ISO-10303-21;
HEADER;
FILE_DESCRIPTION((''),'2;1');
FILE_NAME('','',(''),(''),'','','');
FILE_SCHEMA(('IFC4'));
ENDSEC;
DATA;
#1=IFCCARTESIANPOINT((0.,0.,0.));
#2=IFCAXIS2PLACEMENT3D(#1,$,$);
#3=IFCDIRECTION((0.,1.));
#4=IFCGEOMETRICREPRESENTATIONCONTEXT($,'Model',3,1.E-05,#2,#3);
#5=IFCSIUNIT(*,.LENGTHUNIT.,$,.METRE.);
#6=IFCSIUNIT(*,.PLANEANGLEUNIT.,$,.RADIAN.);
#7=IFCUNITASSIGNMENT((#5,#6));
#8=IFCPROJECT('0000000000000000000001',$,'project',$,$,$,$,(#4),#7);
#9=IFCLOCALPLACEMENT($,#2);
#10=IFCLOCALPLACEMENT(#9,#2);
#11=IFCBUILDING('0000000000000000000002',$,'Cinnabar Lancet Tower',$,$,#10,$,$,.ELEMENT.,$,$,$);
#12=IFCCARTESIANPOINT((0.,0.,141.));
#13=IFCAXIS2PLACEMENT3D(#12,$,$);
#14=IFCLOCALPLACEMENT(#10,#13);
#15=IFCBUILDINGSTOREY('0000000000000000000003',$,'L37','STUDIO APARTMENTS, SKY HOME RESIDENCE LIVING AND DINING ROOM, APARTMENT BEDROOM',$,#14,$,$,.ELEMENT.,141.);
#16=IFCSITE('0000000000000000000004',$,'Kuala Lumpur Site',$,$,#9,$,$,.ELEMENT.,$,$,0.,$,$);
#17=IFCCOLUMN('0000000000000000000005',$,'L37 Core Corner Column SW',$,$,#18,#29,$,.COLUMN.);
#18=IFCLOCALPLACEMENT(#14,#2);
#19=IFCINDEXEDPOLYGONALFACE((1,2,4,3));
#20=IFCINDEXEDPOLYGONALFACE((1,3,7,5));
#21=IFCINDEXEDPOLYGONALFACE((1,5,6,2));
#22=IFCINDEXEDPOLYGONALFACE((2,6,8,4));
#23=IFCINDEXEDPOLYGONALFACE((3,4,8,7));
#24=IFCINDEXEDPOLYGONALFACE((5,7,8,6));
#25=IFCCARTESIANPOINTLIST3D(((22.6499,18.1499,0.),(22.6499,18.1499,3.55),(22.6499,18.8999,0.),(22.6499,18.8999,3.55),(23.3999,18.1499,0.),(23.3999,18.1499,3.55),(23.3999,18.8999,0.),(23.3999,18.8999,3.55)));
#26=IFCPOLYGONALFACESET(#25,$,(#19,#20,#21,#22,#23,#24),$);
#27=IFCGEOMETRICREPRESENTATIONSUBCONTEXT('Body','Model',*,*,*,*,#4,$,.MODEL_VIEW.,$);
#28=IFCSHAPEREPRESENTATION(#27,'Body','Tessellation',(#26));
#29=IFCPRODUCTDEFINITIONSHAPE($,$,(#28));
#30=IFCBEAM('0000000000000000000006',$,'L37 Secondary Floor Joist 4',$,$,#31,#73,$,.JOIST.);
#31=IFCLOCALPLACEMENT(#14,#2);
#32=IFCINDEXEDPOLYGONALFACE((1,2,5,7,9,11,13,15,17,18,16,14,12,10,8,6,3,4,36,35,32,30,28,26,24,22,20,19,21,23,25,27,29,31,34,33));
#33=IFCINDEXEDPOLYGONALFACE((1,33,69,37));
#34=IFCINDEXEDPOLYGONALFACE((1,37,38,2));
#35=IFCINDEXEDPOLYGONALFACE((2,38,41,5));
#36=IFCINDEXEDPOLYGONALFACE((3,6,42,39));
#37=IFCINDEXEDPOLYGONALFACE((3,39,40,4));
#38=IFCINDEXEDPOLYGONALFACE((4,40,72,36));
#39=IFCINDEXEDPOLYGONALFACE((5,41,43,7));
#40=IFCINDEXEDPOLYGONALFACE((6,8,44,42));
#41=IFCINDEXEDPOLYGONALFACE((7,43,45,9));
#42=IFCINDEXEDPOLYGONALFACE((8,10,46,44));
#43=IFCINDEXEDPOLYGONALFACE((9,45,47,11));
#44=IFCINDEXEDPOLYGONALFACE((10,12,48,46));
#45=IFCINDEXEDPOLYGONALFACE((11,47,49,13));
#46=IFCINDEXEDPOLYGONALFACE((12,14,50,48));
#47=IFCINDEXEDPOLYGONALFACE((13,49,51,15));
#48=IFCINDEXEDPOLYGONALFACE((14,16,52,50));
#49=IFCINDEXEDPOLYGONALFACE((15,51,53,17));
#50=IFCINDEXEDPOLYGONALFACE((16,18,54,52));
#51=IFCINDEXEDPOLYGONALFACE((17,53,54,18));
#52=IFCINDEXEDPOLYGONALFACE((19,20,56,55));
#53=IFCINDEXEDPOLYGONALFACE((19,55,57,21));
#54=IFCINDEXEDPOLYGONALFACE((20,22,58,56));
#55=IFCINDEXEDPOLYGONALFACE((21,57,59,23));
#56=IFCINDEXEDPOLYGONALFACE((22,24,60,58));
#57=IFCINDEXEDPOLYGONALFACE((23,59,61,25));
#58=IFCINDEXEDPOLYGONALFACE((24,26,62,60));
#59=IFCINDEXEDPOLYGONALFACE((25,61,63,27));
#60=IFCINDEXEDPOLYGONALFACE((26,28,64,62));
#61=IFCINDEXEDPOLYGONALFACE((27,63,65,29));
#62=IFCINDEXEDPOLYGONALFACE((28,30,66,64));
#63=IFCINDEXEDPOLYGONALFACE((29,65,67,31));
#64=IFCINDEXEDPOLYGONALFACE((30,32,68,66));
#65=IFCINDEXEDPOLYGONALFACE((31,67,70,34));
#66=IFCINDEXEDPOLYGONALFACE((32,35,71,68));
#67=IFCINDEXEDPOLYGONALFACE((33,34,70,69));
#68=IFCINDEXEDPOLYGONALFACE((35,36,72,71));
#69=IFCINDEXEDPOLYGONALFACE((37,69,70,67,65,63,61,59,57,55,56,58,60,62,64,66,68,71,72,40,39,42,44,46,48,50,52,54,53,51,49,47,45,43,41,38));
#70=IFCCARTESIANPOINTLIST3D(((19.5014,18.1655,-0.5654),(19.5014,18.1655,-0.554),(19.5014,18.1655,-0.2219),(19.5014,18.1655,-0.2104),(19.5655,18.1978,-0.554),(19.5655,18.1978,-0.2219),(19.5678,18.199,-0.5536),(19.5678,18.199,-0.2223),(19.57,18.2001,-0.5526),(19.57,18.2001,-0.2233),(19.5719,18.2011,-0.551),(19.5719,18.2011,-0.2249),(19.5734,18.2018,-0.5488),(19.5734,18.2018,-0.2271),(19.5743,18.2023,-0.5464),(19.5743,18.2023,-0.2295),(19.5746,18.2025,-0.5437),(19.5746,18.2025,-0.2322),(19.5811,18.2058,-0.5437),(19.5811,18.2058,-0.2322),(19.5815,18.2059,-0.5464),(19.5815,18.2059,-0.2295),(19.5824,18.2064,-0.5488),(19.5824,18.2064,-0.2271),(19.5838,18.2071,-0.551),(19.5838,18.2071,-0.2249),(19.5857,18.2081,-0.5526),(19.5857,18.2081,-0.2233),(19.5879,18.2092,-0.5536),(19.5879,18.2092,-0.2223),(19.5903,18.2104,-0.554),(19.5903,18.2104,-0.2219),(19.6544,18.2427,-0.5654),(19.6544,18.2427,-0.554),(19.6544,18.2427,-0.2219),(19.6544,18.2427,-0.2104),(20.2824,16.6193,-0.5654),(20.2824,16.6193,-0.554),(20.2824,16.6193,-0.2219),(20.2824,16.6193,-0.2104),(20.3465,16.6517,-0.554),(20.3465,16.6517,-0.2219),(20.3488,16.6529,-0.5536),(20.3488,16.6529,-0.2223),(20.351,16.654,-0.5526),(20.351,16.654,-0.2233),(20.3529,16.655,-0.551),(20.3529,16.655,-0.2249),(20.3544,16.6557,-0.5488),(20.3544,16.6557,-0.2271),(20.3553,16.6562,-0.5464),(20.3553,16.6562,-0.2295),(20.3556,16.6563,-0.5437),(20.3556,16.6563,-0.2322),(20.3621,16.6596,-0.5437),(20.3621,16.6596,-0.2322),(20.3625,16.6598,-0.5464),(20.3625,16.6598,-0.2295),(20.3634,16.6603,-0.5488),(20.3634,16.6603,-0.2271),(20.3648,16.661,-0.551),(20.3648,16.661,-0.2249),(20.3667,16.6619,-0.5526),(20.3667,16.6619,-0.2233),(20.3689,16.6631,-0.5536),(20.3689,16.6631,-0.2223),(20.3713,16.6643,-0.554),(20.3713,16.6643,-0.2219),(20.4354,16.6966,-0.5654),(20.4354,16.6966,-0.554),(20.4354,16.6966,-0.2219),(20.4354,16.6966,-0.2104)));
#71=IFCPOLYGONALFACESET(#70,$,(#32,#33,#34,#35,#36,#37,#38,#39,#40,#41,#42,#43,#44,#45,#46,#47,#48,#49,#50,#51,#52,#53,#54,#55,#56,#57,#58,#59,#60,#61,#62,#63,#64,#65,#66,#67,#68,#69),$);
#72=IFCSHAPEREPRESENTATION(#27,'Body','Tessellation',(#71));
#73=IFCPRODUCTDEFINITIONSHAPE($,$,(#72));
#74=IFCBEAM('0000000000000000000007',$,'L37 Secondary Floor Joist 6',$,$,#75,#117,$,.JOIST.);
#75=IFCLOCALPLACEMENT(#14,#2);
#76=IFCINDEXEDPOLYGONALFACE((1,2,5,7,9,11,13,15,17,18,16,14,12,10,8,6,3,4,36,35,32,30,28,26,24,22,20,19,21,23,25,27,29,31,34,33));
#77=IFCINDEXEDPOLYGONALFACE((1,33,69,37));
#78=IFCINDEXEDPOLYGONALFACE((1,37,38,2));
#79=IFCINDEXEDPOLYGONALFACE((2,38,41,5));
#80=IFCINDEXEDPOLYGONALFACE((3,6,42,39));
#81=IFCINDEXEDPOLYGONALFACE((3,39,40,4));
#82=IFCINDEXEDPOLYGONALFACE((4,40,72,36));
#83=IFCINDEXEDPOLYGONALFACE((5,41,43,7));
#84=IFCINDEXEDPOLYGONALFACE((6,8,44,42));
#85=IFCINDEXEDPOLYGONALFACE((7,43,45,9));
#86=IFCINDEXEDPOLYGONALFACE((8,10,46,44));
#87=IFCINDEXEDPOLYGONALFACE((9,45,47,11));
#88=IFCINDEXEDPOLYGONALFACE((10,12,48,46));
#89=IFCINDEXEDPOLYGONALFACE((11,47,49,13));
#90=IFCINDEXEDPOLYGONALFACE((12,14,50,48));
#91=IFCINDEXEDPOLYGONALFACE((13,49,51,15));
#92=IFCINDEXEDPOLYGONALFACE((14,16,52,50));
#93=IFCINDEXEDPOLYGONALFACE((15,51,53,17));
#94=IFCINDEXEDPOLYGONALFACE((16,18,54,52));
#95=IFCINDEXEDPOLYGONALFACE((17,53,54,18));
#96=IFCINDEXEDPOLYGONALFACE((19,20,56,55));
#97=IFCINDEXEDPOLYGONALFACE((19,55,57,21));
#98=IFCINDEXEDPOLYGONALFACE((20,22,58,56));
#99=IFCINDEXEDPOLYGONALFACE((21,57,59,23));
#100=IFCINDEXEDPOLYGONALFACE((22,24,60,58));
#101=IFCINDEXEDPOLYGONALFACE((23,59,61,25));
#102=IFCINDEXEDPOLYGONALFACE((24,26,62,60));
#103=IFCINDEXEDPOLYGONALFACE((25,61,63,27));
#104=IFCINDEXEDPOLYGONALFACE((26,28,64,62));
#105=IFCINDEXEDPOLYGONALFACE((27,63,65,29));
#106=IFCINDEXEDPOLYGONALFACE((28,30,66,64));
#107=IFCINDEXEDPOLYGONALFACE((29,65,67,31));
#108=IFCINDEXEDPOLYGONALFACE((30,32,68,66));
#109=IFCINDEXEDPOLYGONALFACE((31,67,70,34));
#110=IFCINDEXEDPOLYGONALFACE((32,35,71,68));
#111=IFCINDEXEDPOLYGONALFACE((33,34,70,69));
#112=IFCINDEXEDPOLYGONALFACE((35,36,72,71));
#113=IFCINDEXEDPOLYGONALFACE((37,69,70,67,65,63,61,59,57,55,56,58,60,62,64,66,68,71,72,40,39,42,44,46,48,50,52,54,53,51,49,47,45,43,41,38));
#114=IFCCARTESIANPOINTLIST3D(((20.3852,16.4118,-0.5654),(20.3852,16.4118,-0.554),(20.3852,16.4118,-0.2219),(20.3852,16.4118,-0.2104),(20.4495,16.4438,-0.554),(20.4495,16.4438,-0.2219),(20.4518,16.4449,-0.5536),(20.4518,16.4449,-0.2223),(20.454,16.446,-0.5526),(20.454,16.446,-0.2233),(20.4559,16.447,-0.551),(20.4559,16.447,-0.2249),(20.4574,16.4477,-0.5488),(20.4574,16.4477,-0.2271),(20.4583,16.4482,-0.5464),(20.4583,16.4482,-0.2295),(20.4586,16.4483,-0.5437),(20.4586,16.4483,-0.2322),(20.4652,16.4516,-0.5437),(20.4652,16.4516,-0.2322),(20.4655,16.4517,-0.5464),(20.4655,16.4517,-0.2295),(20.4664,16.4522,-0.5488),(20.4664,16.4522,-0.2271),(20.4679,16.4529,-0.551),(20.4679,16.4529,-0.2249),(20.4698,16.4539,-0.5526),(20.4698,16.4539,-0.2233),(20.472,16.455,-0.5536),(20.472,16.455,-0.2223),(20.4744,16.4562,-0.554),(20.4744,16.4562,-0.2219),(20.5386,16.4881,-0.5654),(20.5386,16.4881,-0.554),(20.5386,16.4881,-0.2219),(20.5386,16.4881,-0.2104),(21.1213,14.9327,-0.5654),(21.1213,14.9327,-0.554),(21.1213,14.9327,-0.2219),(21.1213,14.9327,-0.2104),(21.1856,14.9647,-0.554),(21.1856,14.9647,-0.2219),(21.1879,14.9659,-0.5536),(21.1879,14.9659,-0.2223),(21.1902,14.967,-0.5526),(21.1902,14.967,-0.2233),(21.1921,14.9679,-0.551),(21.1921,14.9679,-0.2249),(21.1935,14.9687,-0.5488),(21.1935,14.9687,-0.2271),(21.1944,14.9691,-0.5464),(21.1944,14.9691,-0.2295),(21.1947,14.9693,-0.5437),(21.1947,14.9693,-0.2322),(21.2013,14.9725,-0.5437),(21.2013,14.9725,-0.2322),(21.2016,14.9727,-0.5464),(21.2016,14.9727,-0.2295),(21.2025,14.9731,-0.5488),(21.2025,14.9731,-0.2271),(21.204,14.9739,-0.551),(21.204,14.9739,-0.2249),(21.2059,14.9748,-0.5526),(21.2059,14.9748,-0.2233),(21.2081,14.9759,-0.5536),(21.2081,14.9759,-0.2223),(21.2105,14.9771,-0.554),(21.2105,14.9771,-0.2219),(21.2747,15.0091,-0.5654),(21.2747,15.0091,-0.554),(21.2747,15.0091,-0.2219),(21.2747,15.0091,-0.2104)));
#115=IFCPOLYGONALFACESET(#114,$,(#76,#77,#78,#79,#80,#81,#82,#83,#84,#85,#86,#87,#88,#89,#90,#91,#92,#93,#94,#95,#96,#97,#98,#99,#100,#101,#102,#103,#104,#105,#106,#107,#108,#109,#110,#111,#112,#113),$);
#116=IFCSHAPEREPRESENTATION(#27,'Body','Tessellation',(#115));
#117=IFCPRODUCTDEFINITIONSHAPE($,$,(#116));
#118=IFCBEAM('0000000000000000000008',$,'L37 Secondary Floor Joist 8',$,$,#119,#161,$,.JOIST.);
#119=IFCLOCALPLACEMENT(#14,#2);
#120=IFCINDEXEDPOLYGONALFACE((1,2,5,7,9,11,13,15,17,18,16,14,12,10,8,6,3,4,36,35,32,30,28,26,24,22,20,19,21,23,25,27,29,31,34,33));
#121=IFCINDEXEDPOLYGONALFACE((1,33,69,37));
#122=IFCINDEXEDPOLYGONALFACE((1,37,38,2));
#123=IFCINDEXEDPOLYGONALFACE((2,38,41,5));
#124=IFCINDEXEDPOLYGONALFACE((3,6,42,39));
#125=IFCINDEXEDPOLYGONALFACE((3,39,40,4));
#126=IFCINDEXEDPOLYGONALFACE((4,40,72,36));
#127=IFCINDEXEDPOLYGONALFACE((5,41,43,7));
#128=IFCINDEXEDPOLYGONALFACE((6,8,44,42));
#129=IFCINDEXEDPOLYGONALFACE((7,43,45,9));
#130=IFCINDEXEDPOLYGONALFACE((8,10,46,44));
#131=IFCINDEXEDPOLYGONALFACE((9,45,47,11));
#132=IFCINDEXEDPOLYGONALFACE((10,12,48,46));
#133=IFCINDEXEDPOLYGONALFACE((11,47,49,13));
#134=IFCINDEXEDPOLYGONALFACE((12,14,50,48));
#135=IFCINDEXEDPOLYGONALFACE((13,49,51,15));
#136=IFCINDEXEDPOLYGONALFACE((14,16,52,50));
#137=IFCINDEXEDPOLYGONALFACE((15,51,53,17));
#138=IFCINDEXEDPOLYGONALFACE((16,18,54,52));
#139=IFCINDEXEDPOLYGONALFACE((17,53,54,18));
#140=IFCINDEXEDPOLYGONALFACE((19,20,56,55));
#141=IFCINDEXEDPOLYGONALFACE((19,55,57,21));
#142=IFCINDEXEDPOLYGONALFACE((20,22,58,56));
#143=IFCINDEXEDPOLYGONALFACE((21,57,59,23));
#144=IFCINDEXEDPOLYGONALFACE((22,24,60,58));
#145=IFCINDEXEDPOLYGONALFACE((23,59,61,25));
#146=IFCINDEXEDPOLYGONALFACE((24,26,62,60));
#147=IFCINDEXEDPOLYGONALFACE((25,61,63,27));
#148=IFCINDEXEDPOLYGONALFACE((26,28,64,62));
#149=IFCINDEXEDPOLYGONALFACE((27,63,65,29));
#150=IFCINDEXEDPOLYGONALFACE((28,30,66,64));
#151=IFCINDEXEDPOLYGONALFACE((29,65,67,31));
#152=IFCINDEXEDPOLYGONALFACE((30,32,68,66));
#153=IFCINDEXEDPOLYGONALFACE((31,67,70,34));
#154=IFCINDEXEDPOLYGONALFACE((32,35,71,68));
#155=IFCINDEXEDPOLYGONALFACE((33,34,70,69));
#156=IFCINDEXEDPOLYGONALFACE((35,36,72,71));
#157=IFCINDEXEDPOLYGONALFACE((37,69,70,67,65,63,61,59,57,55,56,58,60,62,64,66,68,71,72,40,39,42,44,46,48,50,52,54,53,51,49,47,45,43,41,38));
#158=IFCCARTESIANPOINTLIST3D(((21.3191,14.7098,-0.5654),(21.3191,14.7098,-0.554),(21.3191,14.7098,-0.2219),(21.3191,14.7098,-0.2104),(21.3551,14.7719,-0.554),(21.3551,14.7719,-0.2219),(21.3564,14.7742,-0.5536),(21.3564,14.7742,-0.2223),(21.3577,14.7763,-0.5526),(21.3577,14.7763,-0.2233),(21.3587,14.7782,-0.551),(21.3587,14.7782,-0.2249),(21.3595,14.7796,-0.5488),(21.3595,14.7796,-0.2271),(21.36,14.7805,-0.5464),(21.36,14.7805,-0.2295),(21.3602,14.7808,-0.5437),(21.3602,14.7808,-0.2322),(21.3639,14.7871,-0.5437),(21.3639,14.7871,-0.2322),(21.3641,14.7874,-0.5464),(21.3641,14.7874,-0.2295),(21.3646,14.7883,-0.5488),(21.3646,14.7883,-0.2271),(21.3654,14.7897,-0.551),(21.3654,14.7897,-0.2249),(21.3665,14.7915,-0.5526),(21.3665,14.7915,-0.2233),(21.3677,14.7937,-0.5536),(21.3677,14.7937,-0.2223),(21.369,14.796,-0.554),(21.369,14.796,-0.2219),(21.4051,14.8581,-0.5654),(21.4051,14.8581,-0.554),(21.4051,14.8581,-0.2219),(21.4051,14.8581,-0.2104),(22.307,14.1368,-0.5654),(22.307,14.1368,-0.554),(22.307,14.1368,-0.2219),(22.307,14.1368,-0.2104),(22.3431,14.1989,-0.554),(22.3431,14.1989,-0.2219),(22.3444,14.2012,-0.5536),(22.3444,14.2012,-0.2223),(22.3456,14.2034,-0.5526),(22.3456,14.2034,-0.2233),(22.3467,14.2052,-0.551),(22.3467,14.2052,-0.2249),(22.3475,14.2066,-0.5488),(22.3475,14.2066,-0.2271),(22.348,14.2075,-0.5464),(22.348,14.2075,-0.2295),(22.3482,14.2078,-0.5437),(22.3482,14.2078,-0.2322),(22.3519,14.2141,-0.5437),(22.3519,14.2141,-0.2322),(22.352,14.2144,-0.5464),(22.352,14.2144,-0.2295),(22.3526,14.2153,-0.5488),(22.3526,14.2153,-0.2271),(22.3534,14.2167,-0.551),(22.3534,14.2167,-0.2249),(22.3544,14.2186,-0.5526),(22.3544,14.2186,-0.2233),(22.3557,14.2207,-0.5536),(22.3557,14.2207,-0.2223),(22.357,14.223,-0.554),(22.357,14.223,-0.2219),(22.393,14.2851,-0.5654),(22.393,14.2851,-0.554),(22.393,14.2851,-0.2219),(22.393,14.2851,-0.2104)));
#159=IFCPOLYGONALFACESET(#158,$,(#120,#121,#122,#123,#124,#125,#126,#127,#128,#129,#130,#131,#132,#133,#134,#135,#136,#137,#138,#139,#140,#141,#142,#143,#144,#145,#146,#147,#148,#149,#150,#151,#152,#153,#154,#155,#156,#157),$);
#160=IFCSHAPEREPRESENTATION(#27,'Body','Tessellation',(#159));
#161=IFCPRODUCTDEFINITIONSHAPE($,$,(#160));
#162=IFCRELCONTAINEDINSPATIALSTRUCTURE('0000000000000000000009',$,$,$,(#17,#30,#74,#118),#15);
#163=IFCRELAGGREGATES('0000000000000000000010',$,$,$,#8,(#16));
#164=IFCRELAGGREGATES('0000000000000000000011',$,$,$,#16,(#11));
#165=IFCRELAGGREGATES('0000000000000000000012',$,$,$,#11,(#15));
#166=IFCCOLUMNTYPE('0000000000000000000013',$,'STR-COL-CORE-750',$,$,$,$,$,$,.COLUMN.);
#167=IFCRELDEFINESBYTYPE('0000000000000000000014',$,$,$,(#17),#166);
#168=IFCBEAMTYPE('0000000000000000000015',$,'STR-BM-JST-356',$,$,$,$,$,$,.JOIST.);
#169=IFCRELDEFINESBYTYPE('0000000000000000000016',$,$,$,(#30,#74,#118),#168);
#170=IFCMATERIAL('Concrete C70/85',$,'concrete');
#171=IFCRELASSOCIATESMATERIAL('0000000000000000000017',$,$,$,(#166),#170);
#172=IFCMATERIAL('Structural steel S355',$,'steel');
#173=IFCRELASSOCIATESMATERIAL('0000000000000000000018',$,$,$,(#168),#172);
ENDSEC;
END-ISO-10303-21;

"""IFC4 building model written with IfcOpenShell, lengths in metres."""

from ifc_helpers import new_model, si_unit, direction, frame, origin, origin_2d, place, context, subcontext, project, spatial, rectangle, i_section, extrude, material, material_profile, profile_set, type_object, element, save


model = new_model("IFC4")

# Units and contexts
model_context = context("Model", 3, precision=1e-05, world=origin(), true_north=direction((0.0, 1.0)))
body_context = subcontext(model_context, "Body", "Model", "MODEL_VIEW")
ifc_project = project(units=[si_unit("LENGTHUNIT", "METRE"), si_unit("PLANEANGLEUNIT", "RADIAN")], contexts=[model_context])

# Site, building, storey
site_placement = place(None, origin())
site = spatial("IfcSite", under=ifc_project, at=site_placement, Name="Kuala Lumpur Site", CompositionType="ELEMENT", RefElevation=0.0)
building_placement = place(site_placement, origin())
building = spatial("IfcBuilding", under=site, at=building_placement, Name="Cinnabar Lancet Tower", CompositionType="ELEMENT")
storey_placement = place(building_placement, frame((0.0, 0.0, 141.0)))
storey = spatial("IfcBuildingStorey", under=building, at=storey_placement, Name="L37", Description="STUDIO APARTMENTS, SKY HOME RESIDENCE LIVING AND DINING ROOM, APARTMENT BEDROOM", CompositionType="ELEMENT", Elevation=141.0)

# Column
ifc_material_1 = material(Name="Concrete C70/85", Category="concrete")
ifc_material_profile_1 = material_profile(ifc_material_1, rectangle(XDim=0.75, YDim=0.75, at=origin_2d()), Name="RC-COL 750x750")
ifc_profile_set_1 = profile_set([ifc_material_profile_1], Name="Concrete C70/85")
column_type = type_object("IfcColumnType", Name="STR-COL-CORE-750", PredefinedType="COLUMN", material=ifc_profile_set_1)
column_placement = place(storey_placement, frame((23.0249, 18.5249, 0.0), z_axis=(0.0, 0.0, 1.0), x_axis=(1.0, 0.0, 0.0)))
element("IfcColumn", 1, at=column_placement, inside=storey, type_object=column_type, Name="L37 Core Corner Column SW", PredefinedType="COLUMN", context=body_context, shape_type="SweptSolid", body=[
    extrude(rectangle(XDim=0.75, YDim=0.75, at=origin_2d()), origin(), (0.0, 0.0, 1.0), 3.55),
])

# Beams
ifc_material_2 = material(Name="Structural steel S355", Category="steel")
ifc_material_profile_2 = material_profile(ifc_material_2, i_section(OverallWidth=0.1714, OverallDepth=0.355, WebThickness=0.0073, FlangeThickness=0.0115, FilletRadius=0.0103, at=origin_2d()), Name="UKB 356x171x51")
ifc_profile_set_2 = profile_set([ifc_material_profile_2], Name="Structural steel S355")
beam_type = type_object("IfcBeamType", Name="STR-BM-JST-356", PredefinedType="JOIST", material=ifc_profile_set_2)
beam_1_placement = place(storey_placement, frame((19.5779, 18.2041, -0.3879), z_axis=(0.450874, -0.892587, 0.0), x_axis=(0.892587, 0.450874, 0.0)))
element("IfcBeam", 2, at=beam_1_placement, inside=storey, type_object=beam_type, Name="L37 Secondary Floor Joist 4", PredefinedType="JOIST", context=body_context, shape_type="SweptSolid", body=[
    extrude(i_section(OverallWidth=0.1714, OverallDepth=0.355, WebThickness=0.0073, FlangeThickness=0.0115, FilletRadius=0.0103, at=origin_2d()), origin(), (0.0, 0.0, 1.0), 1.7322),
])
beam_2_placement = place(storey_placement, frame((20.4619, 16.45, -0.3879), z_axis=(0.445558, -0.895253, 0.0), x_axis=(0.895253, 0.445558, 0.0)))
element("IfcBeam", 3, at=beam_2_placement, inside=storey, type_object=beam_type, Name="L37 Secondary Floor Joist 6", PredefinedType="JOIST", context=body_context, shape_type="SweptSolid", body=[
    extrude(i_section(OverallWidth=0.1714, OverallDepth=0.355, WebThickness=0.0073, FlangeThickness=0.0115, FilletRadius=0.0103, at=origin_2d()), origin(), (0.0, 0.0, 1.0), 1.6521),
])
beam_3_placement = place(storey_placement, frame((21.3621, 14.7839, -0.3879), z_axis=(0.865055, -0.501677, 0.0), x_axis=(0.501677, 0.865055, 0.0)))
element("IfcBeam", 4, at=beam_3_placement, inside=storey, type_object=beam_type, Name="L37 Secondary Floor Joist 8", PredefinedType="JOIST", context=body_context, shape_type="SweptSolid", body=[
    extrude(i_section(OverallWidth=0.1714, OverallDepth=0.355, WebThickness=0.0073, FlangeThickness=0.0115, FilletRadius=0.0103, at=origin_2d()), origin(), (0.0, 0.0, 1.0), 1.1421),
])

save(model, "model.ifc")
